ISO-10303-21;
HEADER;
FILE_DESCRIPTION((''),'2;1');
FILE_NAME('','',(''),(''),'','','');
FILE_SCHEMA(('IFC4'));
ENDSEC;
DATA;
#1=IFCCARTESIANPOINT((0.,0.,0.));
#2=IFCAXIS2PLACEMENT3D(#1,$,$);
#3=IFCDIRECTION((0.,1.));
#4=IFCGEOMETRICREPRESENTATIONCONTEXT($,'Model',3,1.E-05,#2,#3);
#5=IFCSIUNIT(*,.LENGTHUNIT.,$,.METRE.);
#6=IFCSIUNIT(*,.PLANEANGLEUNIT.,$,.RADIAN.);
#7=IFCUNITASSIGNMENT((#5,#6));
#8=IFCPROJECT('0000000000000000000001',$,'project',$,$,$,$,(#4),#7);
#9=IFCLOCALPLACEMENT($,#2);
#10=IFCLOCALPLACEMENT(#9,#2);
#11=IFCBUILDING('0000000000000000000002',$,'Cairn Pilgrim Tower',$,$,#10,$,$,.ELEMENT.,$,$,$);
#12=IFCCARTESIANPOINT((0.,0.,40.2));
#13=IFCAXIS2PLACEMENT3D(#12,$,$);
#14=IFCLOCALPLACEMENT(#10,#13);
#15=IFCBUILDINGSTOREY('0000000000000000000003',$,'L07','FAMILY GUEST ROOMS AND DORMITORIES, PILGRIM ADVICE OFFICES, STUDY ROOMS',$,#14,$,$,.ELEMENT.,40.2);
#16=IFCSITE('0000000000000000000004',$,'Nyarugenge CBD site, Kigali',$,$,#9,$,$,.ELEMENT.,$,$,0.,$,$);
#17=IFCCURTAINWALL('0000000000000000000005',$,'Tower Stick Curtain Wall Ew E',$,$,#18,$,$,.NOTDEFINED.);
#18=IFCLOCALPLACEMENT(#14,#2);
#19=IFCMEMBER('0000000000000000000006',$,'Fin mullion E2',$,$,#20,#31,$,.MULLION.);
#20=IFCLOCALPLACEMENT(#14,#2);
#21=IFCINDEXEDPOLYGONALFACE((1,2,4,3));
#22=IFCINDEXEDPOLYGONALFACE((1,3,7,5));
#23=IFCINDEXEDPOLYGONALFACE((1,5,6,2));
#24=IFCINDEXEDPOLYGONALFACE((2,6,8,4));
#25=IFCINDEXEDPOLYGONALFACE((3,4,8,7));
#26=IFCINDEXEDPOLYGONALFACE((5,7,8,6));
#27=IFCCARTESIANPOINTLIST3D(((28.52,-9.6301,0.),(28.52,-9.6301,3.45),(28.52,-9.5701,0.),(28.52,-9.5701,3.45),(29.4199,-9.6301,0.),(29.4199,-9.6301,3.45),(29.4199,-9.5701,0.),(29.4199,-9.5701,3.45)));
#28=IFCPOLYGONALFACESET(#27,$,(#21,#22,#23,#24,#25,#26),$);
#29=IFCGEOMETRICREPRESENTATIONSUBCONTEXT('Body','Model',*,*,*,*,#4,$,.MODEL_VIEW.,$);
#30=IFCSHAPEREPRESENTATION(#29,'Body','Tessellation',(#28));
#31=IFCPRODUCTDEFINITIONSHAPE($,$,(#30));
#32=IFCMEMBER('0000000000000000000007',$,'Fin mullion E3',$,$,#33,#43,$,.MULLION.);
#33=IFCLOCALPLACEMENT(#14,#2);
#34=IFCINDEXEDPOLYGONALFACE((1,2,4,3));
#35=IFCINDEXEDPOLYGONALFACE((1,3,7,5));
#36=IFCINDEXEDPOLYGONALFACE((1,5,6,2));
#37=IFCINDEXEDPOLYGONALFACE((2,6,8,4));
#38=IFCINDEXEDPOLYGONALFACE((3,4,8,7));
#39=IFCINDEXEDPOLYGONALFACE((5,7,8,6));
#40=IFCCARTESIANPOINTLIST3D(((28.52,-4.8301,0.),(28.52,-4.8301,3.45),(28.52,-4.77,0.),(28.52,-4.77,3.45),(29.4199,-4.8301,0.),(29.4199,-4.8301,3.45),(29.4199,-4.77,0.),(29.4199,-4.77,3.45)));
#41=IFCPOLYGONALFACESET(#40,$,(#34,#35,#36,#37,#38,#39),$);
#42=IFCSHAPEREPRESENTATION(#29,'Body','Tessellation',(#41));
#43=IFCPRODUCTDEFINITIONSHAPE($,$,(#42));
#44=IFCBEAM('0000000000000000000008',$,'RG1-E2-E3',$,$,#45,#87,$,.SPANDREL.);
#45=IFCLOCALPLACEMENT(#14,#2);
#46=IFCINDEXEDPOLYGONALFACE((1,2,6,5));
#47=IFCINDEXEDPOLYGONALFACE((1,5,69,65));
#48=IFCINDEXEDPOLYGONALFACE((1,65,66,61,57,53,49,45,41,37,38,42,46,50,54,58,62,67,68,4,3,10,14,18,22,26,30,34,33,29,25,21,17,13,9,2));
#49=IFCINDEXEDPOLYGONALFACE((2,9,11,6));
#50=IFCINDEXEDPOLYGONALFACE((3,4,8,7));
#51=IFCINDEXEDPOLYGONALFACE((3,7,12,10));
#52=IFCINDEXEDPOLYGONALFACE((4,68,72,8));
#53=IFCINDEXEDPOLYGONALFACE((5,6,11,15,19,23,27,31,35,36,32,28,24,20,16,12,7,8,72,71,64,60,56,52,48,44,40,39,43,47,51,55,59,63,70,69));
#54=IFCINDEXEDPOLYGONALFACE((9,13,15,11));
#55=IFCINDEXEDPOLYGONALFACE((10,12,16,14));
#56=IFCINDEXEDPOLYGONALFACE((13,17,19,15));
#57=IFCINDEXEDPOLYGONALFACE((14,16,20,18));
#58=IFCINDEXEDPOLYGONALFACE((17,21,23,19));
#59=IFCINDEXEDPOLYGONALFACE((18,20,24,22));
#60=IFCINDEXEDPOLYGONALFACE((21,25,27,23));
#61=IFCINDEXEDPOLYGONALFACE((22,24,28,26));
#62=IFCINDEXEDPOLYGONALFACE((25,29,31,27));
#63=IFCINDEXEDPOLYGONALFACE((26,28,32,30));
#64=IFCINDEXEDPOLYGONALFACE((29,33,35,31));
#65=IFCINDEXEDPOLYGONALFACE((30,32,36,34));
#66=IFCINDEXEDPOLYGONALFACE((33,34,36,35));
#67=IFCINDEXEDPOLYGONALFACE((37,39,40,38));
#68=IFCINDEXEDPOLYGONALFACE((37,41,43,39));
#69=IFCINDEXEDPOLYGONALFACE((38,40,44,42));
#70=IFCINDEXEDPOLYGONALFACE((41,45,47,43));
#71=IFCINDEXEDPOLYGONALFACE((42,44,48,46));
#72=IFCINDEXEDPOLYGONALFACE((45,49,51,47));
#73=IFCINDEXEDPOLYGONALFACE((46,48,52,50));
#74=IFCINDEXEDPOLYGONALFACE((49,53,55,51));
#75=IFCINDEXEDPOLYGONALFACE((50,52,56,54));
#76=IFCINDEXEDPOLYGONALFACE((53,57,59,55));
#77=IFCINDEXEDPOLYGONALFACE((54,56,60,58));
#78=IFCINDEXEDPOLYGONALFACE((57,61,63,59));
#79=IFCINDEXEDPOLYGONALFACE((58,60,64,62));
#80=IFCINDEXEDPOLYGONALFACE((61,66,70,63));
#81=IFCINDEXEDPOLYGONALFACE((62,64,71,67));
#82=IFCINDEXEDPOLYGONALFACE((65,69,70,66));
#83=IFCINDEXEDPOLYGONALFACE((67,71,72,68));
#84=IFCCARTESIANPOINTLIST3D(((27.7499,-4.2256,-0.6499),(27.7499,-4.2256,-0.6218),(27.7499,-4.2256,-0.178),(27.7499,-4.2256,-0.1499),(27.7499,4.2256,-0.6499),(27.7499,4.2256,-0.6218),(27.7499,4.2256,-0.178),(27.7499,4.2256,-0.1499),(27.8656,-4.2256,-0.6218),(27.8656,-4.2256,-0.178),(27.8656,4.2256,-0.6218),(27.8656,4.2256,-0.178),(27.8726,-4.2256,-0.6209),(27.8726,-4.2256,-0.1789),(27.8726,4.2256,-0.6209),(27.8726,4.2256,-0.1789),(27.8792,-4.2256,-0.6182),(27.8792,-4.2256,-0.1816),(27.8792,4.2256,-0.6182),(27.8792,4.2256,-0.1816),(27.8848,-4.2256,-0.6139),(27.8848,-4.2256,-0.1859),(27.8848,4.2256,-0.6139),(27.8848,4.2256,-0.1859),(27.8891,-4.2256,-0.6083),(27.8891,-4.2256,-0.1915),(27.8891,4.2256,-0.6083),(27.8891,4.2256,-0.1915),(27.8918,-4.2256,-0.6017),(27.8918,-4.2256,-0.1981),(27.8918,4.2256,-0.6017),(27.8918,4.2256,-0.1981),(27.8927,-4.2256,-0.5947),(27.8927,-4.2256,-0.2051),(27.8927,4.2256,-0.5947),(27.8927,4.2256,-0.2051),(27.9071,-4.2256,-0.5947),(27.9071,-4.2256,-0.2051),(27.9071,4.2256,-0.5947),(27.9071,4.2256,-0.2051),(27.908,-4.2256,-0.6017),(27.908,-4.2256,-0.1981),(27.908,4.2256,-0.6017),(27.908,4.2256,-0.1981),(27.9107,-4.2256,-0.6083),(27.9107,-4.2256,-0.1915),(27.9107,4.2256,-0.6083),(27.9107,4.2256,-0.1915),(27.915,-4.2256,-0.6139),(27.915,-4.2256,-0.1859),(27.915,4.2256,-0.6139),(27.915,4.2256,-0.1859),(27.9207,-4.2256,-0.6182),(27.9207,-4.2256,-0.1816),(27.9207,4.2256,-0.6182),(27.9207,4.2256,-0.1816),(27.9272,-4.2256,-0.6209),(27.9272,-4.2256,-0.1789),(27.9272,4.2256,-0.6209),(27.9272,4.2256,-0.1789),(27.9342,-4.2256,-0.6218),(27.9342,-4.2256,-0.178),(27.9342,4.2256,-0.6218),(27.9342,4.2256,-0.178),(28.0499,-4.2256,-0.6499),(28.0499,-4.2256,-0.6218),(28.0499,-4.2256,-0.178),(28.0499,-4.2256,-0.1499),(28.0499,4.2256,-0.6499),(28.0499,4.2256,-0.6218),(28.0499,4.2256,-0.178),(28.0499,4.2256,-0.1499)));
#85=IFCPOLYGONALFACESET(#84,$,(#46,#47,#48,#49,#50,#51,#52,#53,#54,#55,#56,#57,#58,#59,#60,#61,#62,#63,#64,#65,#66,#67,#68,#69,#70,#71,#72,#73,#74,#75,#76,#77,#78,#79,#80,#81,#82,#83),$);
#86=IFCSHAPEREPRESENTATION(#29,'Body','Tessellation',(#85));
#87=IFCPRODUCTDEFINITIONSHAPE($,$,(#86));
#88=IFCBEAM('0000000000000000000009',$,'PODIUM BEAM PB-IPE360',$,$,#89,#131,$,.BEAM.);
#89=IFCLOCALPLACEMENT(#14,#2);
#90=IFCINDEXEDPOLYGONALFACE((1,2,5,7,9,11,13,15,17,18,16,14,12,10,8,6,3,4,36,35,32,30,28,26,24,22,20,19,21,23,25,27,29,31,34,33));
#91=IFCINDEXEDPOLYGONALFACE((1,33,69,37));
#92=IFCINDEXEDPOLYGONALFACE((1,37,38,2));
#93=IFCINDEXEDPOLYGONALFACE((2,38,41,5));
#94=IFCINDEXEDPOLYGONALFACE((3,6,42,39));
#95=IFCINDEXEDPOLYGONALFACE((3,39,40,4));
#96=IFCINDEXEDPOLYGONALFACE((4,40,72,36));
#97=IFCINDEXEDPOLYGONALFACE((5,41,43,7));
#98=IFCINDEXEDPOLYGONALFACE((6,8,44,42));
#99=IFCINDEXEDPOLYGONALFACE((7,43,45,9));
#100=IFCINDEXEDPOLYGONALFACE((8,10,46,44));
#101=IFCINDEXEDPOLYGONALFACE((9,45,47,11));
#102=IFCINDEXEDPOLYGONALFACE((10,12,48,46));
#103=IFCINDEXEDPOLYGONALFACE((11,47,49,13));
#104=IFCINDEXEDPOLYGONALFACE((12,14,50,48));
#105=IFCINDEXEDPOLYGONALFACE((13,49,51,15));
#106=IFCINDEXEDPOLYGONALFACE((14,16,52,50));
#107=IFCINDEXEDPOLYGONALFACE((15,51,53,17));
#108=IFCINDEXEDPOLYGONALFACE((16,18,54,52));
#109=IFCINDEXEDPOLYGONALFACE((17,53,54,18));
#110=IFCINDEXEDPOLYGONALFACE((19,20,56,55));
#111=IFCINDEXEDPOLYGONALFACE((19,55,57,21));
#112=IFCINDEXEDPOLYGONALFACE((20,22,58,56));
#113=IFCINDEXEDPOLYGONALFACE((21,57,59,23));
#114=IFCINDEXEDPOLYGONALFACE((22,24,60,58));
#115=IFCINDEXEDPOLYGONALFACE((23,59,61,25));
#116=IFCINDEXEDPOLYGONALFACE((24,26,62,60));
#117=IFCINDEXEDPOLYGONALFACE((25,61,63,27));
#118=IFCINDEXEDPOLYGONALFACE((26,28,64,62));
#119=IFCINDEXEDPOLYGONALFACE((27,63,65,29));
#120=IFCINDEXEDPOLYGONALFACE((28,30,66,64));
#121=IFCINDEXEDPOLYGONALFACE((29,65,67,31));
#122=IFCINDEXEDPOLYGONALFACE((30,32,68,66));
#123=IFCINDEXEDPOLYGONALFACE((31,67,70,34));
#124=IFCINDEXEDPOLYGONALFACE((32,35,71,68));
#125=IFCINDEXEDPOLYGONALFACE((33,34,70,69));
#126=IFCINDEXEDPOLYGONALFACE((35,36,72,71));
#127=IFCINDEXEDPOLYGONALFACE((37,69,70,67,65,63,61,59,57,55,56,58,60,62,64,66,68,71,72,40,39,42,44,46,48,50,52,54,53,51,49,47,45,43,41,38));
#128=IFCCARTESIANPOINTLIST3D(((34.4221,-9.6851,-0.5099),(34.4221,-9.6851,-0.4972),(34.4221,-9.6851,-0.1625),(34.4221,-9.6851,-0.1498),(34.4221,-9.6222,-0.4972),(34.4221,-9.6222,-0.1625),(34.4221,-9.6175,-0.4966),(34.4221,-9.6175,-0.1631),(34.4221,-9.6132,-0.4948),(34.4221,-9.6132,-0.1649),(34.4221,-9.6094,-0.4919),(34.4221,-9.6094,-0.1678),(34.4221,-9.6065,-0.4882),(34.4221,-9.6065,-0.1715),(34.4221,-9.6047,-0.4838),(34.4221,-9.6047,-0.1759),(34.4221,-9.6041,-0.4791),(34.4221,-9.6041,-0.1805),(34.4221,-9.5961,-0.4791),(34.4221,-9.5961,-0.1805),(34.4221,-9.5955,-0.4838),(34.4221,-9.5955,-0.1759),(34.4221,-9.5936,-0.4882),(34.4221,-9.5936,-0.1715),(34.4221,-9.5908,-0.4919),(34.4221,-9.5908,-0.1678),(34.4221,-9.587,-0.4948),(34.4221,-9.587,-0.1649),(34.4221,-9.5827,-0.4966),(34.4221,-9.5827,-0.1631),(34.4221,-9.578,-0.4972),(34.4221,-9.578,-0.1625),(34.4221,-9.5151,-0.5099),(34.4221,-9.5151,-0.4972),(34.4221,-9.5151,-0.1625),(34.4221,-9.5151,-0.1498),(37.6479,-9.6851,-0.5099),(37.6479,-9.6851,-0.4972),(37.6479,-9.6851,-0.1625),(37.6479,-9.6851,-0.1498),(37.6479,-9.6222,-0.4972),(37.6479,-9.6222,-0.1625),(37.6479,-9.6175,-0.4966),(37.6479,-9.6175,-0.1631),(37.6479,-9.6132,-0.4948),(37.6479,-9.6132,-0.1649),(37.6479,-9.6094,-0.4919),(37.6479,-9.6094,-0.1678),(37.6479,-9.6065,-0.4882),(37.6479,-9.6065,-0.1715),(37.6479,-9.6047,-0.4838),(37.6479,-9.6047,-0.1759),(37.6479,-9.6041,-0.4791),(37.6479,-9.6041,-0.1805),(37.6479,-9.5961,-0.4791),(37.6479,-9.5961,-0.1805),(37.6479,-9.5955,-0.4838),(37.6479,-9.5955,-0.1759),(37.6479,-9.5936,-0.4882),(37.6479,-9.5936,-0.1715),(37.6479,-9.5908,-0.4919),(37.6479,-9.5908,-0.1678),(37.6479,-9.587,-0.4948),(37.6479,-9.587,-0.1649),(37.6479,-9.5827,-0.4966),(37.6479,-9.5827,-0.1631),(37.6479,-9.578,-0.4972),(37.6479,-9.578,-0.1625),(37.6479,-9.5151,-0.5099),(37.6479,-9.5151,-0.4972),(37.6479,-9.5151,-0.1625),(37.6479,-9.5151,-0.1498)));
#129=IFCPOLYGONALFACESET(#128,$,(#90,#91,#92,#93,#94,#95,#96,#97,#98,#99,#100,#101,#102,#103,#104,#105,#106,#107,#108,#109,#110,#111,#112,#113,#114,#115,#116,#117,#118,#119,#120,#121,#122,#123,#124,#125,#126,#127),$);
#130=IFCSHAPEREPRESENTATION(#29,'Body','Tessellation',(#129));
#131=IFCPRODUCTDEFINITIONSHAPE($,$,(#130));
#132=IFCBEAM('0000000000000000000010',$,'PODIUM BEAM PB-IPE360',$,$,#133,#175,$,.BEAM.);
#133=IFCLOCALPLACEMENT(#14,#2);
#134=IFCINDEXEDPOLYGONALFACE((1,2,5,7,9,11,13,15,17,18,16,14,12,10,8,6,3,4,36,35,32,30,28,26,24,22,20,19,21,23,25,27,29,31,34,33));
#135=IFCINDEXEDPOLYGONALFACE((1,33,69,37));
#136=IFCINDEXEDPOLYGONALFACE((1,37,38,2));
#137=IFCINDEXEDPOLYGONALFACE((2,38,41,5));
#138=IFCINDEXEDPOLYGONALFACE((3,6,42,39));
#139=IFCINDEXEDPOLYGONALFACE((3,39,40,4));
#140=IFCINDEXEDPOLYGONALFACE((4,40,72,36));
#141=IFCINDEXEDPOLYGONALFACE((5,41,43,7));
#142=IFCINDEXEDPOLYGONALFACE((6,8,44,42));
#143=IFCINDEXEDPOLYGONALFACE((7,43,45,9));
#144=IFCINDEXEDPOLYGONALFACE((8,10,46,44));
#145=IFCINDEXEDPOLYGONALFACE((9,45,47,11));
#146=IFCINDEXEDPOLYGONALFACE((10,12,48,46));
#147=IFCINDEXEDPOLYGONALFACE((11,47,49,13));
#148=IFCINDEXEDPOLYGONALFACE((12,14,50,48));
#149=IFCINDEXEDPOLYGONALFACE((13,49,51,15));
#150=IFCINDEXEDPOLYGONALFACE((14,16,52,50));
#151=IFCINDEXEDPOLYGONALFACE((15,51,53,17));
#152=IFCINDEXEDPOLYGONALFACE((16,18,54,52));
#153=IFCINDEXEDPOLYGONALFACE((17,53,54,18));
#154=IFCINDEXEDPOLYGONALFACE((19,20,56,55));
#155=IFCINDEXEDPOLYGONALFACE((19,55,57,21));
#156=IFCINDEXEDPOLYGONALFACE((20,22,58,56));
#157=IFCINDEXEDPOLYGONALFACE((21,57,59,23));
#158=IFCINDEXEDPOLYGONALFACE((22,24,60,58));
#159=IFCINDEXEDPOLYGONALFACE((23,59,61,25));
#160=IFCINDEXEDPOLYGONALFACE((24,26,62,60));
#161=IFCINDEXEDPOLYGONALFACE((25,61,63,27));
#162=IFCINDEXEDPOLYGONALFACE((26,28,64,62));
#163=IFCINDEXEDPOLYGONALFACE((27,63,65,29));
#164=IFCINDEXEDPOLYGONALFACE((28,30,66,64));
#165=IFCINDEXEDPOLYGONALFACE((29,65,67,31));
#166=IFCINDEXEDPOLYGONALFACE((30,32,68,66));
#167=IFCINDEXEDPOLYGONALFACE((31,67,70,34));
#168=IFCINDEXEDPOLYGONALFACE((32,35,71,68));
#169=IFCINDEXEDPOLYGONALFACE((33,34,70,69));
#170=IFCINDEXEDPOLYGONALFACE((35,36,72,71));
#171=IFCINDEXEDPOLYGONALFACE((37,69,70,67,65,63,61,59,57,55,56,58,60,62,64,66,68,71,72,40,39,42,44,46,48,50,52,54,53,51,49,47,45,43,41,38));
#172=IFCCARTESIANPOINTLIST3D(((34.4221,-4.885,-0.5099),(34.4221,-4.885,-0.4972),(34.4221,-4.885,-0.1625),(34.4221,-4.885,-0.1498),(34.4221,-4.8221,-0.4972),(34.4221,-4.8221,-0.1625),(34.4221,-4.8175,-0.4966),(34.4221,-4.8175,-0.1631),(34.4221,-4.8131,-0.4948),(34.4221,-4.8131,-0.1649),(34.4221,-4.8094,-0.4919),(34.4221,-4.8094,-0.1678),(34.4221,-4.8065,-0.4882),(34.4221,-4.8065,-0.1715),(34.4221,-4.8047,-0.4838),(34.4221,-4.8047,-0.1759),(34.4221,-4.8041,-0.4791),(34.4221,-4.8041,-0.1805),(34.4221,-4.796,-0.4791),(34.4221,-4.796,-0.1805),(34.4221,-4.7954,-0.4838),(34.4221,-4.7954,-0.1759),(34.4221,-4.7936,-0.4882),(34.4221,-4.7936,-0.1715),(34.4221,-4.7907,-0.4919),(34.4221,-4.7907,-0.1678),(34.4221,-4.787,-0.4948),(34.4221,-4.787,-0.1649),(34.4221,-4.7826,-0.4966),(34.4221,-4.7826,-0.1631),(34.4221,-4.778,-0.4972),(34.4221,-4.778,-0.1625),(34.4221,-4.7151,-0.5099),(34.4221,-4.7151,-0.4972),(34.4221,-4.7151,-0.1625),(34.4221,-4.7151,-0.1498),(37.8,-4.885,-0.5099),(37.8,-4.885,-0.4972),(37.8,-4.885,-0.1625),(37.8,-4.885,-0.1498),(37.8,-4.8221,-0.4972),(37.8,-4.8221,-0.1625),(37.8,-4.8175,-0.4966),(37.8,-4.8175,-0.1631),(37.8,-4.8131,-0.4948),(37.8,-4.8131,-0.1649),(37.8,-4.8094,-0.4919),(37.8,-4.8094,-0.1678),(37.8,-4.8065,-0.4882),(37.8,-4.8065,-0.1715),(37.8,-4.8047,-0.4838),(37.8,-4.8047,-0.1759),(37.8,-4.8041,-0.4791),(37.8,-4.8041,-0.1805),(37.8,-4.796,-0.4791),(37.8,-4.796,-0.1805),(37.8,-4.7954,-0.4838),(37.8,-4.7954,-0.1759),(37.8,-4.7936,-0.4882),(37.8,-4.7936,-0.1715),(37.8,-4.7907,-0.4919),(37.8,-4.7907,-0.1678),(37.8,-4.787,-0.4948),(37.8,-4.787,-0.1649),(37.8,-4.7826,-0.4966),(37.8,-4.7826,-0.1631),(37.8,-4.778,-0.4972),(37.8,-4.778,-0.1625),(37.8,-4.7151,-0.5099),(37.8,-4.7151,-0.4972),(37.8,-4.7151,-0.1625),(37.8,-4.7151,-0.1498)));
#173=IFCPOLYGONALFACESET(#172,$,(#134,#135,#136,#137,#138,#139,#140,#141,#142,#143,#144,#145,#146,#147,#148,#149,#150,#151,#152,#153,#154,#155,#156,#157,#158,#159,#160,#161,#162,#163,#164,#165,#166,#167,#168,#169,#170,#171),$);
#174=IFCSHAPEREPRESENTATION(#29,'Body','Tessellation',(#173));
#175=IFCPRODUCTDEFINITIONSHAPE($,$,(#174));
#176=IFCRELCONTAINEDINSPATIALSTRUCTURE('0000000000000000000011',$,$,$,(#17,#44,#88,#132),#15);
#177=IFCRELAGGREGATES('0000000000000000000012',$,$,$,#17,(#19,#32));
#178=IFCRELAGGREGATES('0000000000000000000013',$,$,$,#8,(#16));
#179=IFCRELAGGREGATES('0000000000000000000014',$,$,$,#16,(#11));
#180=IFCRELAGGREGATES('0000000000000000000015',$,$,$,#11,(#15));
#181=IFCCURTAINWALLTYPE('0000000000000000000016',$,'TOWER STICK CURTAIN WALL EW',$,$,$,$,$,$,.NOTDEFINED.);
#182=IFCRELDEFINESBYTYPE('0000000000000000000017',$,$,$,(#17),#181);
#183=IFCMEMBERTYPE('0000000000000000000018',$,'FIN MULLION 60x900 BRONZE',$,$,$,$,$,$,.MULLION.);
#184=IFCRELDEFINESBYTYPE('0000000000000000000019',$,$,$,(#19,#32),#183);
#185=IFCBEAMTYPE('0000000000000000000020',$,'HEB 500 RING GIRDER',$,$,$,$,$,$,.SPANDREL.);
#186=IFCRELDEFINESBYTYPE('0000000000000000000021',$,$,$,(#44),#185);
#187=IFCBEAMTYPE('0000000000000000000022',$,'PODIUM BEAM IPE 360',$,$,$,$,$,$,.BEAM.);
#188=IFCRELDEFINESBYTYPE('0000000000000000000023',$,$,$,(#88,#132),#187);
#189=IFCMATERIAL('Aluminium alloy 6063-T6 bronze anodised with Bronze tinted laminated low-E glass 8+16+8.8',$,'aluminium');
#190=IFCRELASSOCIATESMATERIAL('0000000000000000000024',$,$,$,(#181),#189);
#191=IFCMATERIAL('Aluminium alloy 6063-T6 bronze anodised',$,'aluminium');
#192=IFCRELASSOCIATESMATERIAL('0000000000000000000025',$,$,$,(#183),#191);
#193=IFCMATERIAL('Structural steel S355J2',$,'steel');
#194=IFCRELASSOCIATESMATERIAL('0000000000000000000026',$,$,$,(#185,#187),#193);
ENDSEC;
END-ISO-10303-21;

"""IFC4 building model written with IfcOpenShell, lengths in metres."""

from ifc_helpers import new_model, si_unit, direction, frame, origin, origin_2d, place, context, subcontext, project, spatial, rectangle, i_section, extrude, material, material_profile, profile_set, type_object, element, aggregate, save


model = new_model("IFC4")

# Units and contexts
model_context = context("Model", 3, precision=1e-05, world=origin(), true_north=direction((0.0, 1.0)))
body_context = subcontext(model_context, "Body", "Model", "MODEL_VIEW")
ifc_project = project(units=[si_unit("LENGTHUNIT", "METRE"), si_unit("PLANEANGLEUNIT", "RADIAN")], contexts=[model_context])

# Site, building, storey
site_placement = place(None, origin())
site = spatial("IfcSite", under=ifc_project, at=site_placement, Name="Nyarugenge CBD site, Kigali", CompositionType="ELEMENT", RefElevation=0.0)
building_placement = place(site_placement, origin())
building = spatial("IfcBuilding", under=site, at=building_placement, Name="Cairn Pilgrim Tower", CompositionType="ELEMENT")
storey_placement = place(building_placement, frame((0.0, 0.0, 40.2)))
storey = spatial("IfcBuildingStorey", under=building, at=storey_placement, Name="L07", Description="FAMILY GUEST ROOMS AND DORMITORIES, PILGRIM ADVICE OFFICES, STUDY ROOMS", CompositionType="ELEMENT", Elevation=40.2)

# Curtain wall, members
ifc_material_1 = material(Name="Aluminium alloy 6063-T6 bronze anodised with Bronze tinted laminated low-E glass 8+16+8.8", Category="aluminium")
curtain_wall_type = type_object("IfcCurtainWallType", Name="TOWER STICK CURTAIN WALL EW", PredefinedType="NOTDEFINED", material=ifc_material_1)
curtain_wall_placement = place(storey_placement, origin())
curtain_wall = element("IfcCurtainWall", 1, at=curtain_wall_placement, inside=storey, type_object=curtain_wall_type, Name="Tower Stick Curtain Wall Ew E", PredefinedType="NOTDEFINED")
ifc_material_2 = material(Name="Aluminium alloy 6063-T6 bronze anodised", Category="aluminium")
ifc_material_profile_1 = material_profile(ifc_material_2, rectangle(XDim=0.8999, YDim=0.0601, at=origin_2d()), Name="FIN MULLION 60x900 BRONZE")
ifc_profile_set_1 = profile_set([ifc_material_profile_1], Name="Aluminium alloy 6063-T6 bronze anodised")
member_type_1 = type_object("IfcMemberType", Name="FIN MULLION 60x900 BRONZE", PredefinedType="MULLION", material=ifc_profile_set_1)
member_1_placement = place(storey_placement, frame((28.97, -9.6001, 0.0), z_axis=(0.0, 0.0, 1.0), x_axis=(1.0, 0.0, 0.0)))
member_1 = element("IfcMember", 2, at=member_1_placement, type_object=member_type_1, Name="Fin mullion E2", PredefinedType="MULLION", context=body_context, shape_type="SweptSolid", body=[
    extrude(rectangle(XDim=0.8999, YDim=0.0601, at=origin_2d()), origin(), (0.0, 0.0, 1.0), 3.45),
])
member_2_placement = place(storey_placement, frame((28.97, -4.8, 0.0), z_axis=(0.0, 0.0, 1.0), x_axis=(1.0, 0.0, 0.0)))
member_2 = element("IfcMember", 3, at=member_2_placement, type_object=member_type_1, Name="Fin mullion E3", PredefinedType="MULLION", context=body_context, shape_type="SweptSolid", body=[
    extrude(rectangle(XDim=0.8999, YDim=0.0601, at=origin_2d()), origin(), (0.0, 0.0, 1.0), 3.45),
])

# Beams
ifc_material_3 = material(Name="Structural steel S355J2", Category="steel")
ifc_material_profile_2 = material_profile(ifc_material_3, i_section(OverallWidth=0.3, OverallDepth=0.5, WebThickness=0.0144, FlangeThickness=0.0281, FilletRadius=0.0271, at=origin_2d()), Name="HEB 500")
ifc_profile_set_2 = profile_set([ifc_material_profile_2], Name="Structural steel S355J2")
beam_type_1 = type_object("IfcBeamType", Name="HEB 500 RING GIRDER", PredefinedType="SPANDREL", material=ifc_profile_set_2)
beam_1_placement = place(storey_placement, frame((27.8999, -4.2256, -0.3999), z_axis=(0.0, 1.0, 0.0), x_axis=(-1.0, 0.0, 0.0)))
element("IfcBeam", 4, at=beam_1_placement, inside=storey, type_object=beam_type_1, Name="RG1-E2-E3", PredefinedType="SPANDREL", context=body_context, shape_type="SweptSolid", body=[
    extrude(i_section(OverallWidth=0.3, OverallDepth=0.5, WebThickness=0.0144, FlangeThickness=0.0281, FilletRadius=0.0271, at=origin_2d()), origin(), (0.0, 0.0, 1.0), 8.4512),
])
ifc_material_profile_3 = material_profile(ifc_material_3, i_section(OverallWidth=0.1699, OverallDepth=0.3601, WebThickness=0.0081, FlangeThickness=0.0127, FilletRadius=0.0181, at=origin_2d()), Name="IPE 360")
ifc_profile_set_3 = profile_set([ifc_material_profile_3], Name="Structural steel S355J2")
beam_type_2 = type_object("IfcBeamType", Name="PODIUM BEAM IPE 360", PredefinedType="BEAM", material=ifc_profile_set_3)
beam_2_placement = place(storey_placement, frame((34.4221, -9.6001, -0.3298), z_axis=(1.0, 0.0, 0.0), x_axis=(0.0, 1.0, 0.0)))
element("IfcBeam", 5, at=beam_2_placement, inside=storey, type_object=beam_type_2, Name="PODIUM BEAM PB-IPE360", PredefinedType="BEAM", context=body_context, shape_type="SweptSolid", body=[
    extrude(i_section(OverallWidth=0.1699, OverallDepth=0.3601, WebThickness=0.0081, FlangeThickness=0.0127, FilletRadius=0.0181, at=origin_2d()), origin(), (0.0, 0.0, 1.0), 3.2258),
])
beam_3_placement = place(storey_placement, frame((34.4221, -4.8, -0.3298), z_axis=(1.0, 0.0, 0.0), x_axis=(0.0, 1.0, 0.0)))
element("IfcBeam", 6, at=beam_3_placement, inside=storey, type_object=beam_type_2, Name="PODIUM BEAM PB-IPE360", PredefinedType="BEAM", context=body_context, shape_type="SweptSolid", body=[
    extrude(i_section(OverallWidth=0.1699, OverallDepth=0.3601, WebThickness=0.0081, FlangeThickness=0.0127, FilletRadius=0.0181, at=origin_2d()), origin(), (0.0, 0.0, 1.0), 3.3779),
])

aggregate(curtain_wall, [member_1, member_2])

save(model, "model.ifc")
